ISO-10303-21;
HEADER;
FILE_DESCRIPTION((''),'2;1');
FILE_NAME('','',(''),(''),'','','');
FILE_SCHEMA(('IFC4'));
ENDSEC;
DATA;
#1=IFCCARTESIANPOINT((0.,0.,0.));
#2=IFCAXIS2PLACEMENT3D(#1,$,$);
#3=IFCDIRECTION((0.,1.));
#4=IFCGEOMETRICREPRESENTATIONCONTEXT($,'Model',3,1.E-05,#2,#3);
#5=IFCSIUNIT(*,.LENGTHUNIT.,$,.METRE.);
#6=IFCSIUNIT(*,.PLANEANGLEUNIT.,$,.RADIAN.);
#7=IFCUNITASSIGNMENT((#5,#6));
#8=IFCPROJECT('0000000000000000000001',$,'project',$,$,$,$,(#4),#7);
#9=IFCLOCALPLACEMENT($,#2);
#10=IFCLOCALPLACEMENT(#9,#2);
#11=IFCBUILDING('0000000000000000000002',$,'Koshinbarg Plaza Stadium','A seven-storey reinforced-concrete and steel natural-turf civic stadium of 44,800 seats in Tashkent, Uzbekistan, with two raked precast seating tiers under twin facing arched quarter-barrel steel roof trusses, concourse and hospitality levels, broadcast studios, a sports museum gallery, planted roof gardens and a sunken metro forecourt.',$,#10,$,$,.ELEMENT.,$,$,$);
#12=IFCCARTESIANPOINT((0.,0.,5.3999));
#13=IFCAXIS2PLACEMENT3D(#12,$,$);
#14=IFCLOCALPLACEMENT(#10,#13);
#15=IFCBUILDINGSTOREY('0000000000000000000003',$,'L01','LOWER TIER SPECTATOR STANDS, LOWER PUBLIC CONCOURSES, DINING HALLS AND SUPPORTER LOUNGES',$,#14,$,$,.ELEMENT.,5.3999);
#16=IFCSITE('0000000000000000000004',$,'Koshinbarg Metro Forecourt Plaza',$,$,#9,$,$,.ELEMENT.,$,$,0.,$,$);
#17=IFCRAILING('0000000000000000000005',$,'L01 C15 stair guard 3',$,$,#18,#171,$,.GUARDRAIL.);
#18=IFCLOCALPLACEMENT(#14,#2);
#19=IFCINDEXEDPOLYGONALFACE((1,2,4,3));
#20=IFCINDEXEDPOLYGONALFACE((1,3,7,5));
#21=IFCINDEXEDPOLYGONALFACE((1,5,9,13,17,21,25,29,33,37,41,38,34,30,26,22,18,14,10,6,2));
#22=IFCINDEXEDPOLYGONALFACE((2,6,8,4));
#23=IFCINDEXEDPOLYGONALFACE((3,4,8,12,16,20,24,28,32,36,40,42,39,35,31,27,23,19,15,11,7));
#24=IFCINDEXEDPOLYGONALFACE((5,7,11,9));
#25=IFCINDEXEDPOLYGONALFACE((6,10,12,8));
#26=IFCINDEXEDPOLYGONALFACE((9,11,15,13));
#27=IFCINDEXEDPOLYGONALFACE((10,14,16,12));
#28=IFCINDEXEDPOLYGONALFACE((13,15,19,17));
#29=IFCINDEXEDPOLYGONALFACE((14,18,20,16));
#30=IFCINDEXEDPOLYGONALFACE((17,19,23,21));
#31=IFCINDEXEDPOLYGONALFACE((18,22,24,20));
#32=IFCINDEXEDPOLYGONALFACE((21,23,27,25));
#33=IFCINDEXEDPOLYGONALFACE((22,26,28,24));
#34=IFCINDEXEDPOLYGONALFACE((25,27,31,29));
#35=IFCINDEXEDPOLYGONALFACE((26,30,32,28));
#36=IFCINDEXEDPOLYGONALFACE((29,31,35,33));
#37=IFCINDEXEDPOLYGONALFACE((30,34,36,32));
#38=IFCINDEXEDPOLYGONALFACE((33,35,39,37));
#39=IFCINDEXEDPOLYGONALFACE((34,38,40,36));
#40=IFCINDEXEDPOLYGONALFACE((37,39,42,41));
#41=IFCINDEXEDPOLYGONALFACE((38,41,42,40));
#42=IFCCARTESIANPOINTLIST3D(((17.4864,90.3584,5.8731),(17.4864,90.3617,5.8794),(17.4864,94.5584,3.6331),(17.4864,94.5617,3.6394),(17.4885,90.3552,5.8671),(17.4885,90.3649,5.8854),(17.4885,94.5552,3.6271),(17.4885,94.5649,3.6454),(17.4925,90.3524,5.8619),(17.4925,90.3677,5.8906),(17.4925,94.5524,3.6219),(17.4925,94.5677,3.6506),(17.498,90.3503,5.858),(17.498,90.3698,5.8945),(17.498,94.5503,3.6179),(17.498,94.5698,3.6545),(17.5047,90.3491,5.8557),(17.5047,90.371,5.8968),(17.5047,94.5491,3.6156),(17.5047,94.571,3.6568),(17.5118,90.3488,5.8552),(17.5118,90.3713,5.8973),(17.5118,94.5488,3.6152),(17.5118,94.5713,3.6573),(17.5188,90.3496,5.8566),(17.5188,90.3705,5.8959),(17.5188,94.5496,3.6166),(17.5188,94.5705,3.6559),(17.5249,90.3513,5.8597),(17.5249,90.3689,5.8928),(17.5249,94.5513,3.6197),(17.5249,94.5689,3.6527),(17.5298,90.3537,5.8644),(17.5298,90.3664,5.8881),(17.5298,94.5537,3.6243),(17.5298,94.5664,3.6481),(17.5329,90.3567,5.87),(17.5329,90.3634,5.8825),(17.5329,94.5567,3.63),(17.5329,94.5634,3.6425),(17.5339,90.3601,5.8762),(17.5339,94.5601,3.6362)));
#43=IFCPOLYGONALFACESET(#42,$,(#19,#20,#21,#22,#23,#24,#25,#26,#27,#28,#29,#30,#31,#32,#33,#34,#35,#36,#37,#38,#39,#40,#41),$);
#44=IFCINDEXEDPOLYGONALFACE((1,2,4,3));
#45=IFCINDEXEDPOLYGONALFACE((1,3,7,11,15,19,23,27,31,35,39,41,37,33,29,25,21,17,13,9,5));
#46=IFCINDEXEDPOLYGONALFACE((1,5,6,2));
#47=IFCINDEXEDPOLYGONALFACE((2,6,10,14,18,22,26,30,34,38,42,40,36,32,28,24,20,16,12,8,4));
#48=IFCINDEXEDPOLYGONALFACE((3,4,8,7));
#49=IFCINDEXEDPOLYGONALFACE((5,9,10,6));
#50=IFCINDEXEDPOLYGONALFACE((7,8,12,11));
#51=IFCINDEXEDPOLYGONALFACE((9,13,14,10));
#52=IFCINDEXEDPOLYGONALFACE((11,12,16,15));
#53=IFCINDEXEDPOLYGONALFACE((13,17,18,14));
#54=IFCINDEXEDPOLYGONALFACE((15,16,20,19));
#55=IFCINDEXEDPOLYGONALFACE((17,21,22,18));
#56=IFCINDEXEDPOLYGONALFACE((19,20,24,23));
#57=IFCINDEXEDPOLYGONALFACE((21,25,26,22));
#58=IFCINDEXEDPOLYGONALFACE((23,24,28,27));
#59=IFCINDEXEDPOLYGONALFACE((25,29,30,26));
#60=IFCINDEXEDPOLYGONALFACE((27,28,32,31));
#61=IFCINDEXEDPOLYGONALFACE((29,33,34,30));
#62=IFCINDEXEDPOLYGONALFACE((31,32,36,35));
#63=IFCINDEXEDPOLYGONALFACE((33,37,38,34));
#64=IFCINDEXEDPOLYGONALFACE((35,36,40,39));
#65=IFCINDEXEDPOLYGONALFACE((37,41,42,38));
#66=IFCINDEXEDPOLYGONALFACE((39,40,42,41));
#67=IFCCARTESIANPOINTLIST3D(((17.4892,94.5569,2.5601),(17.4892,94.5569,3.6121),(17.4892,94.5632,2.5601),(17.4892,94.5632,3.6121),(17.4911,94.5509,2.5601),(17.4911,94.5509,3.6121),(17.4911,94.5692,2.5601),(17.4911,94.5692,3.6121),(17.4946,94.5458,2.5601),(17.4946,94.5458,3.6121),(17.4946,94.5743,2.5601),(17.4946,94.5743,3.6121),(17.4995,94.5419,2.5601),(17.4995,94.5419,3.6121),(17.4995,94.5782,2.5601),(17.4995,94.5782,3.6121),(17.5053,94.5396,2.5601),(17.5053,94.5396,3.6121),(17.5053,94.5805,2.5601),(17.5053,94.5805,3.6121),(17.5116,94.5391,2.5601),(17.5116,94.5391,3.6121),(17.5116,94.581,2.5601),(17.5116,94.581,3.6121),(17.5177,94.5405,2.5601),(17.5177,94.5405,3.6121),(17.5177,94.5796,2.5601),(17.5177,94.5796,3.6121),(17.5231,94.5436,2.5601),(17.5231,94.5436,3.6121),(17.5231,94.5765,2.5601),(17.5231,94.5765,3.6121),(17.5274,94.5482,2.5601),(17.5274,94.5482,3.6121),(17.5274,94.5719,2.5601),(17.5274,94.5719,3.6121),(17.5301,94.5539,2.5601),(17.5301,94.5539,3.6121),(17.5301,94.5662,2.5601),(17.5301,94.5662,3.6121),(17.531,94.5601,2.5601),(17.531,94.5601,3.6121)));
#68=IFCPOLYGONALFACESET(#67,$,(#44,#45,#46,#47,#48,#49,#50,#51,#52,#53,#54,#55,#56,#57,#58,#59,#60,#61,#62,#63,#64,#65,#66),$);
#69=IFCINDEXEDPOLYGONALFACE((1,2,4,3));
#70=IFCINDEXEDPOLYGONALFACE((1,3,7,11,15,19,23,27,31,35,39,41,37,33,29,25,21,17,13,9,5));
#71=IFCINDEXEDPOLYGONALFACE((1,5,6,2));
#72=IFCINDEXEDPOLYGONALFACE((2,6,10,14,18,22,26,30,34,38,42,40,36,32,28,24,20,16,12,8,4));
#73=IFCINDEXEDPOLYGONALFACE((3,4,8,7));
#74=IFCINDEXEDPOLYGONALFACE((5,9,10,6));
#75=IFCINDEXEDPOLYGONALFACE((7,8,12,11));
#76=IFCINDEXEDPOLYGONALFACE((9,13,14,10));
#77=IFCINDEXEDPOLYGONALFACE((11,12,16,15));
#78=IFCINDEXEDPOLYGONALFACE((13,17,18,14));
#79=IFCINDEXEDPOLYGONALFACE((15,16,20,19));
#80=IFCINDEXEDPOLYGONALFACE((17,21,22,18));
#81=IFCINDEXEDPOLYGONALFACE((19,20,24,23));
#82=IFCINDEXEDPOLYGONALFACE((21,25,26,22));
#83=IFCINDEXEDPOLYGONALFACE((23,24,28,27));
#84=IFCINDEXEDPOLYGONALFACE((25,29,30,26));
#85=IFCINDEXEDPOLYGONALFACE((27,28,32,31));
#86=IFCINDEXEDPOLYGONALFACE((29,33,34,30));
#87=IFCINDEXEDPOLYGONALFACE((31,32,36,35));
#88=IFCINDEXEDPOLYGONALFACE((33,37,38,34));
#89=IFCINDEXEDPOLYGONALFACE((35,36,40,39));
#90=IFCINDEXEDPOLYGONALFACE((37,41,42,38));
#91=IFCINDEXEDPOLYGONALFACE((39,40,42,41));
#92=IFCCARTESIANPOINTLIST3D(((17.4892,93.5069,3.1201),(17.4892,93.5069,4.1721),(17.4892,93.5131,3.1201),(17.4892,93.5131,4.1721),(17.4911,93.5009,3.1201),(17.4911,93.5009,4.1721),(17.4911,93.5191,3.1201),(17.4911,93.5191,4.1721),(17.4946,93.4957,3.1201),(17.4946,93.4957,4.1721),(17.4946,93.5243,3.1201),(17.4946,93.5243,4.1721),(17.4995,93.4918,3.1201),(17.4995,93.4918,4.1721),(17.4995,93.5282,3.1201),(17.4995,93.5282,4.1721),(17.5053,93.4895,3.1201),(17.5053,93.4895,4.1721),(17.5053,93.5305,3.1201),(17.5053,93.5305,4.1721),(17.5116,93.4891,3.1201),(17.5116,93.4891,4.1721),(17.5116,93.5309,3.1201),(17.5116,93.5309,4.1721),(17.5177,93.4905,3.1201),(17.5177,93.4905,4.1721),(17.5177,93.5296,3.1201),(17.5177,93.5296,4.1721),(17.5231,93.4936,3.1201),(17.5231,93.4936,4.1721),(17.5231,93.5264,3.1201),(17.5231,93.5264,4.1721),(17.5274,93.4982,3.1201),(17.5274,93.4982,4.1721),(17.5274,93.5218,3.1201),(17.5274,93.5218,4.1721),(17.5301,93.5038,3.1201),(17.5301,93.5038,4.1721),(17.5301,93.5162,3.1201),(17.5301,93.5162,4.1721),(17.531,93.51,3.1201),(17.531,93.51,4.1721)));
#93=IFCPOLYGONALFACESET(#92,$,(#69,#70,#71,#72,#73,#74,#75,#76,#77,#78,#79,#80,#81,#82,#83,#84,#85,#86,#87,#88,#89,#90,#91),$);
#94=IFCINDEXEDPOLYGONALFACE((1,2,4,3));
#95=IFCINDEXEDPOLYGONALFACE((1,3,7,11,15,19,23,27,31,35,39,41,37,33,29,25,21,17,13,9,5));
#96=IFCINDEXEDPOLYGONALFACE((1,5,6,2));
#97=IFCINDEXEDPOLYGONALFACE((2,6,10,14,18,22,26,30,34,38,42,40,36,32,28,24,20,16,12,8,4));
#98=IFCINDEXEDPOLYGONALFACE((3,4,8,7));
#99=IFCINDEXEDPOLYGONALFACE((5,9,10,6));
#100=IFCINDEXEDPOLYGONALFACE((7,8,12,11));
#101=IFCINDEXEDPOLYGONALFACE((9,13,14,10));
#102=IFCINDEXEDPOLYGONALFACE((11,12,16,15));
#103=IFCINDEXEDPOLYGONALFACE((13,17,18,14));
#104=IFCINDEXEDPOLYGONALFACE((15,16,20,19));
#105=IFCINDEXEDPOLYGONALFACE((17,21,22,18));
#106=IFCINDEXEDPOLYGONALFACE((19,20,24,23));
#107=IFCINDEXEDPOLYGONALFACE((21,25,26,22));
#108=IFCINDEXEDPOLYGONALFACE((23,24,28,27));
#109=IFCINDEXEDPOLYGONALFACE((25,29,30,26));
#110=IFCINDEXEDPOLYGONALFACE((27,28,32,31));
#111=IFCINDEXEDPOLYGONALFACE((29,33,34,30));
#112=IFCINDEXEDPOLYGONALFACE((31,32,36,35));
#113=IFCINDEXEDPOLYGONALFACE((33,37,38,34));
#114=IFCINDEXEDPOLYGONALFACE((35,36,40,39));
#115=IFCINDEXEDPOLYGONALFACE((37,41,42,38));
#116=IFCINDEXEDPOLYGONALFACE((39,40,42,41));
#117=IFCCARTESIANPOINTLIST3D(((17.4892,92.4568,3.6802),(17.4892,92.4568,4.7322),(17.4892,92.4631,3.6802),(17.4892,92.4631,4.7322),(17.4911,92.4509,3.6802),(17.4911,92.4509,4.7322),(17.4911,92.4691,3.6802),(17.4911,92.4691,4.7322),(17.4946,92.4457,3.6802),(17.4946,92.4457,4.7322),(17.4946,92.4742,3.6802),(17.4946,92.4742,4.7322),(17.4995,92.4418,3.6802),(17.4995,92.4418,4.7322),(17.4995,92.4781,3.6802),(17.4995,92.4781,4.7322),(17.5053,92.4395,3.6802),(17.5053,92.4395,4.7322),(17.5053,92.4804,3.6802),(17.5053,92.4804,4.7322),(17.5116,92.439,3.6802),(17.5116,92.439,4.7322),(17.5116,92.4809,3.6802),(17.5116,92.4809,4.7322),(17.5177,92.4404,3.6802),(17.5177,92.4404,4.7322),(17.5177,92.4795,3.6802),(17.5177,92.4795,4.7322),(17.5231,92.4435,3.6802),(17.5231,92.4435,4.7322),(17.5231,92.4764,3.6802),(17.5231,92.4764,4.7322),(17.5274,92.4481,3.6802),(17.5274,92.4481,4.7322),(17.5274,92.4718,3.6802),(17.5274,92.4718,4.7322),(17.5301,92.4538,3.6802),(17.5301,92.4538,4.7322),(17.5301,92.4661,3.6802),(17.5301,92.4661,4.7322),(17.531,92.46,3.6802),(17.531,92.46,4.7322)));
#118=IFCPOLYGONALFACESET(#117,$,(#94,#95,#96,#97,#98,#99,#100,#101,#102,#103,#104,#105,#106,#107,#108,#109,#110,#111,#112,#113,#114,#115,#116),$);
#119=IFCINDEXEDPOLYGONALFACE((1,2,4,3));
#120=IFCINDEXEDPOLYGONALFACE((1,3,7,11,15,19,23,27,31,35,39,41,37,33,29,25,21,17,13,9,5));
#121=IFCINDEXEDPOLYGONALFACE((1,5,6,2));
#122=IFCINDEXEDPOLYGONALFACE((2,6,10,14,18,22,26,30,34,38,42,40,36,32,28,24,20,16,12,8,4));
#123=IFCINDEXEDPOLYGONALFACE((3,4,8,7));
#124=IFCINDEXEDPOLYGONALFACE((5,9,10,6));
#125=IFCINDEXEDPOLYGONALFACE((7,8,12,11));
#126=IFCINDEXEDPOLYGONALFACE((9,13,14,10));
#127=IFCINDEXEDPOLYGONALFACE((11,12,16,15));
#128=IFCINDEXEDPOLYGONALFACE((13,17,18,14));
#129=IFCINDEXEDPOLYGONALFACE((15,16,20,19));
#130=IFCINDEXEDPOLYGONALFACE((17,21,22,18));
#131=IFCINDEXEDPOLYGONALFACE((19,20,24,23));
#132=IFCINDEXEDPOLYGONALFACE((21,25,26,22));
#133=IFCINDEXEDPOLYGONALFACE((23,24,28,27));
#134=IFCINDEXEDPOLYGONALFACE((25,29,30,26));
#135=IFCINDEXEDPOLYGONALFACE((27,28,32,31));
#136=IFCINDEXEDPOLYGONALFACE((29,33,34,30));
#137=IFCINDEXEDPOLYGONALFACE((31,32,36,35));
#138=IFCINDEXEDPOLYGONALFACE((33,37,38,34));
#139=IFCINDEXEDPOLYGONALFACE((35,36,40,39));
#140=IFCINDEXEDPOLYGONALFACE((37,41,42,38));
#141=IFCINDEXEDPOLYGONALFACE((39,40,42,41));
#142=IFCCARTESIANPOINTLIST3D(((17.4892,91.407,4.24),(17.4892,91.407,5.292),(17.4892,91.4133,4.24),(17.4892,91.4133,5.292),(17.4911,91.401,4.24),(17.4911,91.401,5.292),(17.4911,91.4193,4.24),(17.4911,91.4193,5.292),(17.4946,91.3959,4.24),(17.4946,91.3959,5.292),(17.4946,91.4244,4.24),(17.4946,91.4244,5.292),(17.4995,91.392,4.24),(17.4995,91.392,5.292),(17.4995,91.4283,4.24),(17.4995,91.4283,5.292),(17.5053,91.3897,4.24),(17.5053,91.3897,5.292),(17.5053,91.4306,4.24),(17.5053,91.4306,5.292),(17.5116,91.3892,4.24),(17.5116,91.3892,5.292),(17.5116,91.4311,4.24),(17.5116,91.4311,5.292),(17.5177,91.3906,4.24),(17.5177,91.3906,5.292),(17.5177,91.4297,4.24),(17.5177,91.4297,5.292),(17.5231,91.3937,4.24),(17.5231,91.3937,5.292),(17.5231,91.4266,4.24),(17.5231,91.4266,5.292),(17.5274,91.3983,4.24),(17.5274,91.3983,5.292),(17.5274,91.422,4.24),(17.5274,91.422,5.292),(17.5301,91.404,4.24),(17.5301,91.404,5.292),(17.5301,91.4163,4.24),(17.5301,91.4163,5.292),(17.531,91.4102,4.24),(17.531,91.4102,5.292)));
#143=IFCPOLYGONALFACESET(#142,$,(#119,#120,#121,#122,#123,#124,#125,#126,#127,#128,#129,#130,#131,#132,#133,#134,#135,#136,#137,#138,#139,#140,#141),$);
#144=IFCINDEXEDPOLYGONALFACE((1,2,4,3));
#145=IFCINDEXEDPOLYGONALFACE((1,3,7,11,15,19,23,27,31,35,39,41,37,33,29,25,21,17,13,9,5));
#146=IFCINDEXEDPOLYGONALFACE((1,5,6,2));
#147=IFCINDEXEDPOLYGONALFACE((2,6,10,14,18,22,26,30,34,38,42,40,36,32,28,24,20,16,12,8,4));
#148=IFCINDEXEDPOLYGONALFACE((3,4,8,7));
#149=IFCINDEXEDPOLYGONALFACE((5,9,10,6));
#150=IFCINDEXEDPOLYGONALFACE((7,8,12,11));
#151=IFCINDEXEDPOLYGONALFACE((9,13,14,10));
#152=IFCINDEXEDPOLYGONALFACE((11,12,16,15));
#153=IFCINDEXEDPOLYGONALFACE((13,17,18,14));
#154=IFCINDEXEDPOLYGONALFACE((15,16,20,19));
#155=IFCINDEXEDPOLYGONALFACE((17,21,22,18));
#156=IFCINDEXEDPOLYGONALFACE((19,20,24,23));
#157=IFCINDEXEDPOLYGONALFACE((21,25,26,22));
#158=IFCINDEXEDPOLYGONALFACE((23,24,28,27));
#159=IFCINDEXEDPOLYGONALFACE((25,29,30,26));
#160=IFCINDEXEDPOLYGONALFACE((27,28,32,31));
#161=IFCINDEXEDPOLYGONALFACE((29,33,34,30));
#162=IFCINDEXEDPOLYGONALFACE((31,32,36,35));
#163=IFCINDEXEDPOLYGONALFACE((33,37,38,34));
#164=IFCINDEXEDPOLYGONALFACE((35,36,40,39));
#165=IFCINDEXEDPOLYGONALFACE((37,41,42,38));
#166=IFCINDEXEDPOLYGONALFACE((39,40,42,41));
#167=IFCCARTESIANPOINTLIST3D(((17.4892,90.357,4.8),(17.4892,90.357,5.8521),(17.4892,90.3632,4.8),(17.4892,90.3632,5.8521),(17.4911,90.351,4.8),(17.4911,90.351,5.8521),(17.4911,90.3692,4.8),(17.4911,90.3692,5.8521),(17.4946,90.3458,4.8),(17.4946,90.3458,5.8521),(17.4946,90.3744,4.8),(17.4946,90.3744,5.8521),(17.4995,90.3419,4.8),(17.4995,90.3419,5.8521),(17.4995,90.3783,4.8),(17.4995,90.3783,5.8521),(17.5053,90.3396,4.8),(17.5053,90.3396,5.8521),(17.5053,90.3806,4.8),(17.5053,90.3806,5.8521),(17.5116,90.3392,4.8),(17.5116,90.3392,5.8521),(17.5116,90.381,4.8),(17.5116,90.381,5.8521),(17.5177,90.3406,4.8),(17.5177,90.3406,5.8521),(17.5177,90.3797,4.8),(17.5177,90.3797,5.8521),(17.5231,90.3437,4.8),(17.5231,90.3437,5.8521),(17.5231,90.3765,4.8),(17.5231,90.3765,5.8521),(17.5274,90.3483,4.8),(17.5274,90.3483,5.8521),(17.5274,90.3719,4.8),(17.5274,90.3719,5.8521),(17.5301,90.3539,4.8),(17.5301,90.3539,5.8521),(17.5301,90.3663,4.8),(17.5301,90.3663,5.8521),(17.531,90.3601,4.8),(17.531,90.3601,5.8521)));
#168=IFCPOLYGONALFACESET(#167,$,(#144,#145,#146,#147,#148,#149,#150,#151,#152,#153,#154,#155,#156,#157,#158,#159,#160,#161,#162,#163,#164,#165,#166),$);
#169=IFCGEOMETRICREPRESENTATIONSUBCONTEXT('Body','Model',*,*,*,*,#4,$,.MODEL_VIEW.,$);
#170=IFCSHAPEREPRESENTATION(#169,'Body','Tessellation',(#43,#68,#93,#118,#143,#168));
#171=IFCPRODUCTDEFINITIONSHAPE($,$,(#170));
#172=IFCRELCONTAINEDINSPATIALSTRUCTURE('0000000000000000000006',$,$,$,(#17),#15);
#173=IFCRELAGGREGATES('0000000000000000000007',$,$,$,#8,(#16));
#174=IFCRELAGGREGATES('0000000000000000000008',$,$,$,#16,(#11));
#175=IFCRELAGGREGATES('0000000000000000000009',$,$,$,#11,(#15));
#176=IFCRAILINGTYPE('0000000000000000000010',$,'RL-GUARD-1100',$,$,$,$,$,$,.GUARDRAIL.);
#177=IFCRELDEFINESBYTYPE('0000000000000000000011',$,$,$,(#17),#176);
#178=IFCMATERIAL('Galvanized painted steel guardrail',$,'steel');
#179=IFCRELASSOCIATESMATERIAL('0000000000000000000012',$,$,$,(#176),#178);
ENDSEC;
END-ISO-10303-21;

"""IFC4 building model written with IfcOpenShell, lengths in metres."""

from ifc_helpers import new_model, si_unit, direction, frame, origin, origin_2d, place, context, subcontext, project, spatial, circle, extrude, material, type_object, element, save


model = new_model("IFC4")

# Units and contexts
model_context = context("Model", 3, precision=1e-05, world=origin(), true_north=direction((0.0, 1.0)))
body_context = subcontext(model_context, "Body", "Model", "MODEL_VIEW")
ifc_project = project(units=[si_unit("LENGTHUNIT", "METRE"), si_unit("PLANEANGLEUNIT", "RADIAN")], contexts=[model_context])

# Site, building, storey
site_placement = place(None, origin())
site = spatial("IfcSite", under=ifc_project, at=site_placement, Name="Koshinbarg Metro Forecourt Plaza", CompositionType="ELEMENT", RefElevation=0.0)
building_placement = place(site_placement, origin())
building = spatial("IfcBuilding", under=site, at=building_placement, Name="Koshinbarg Plaza Stadium", Description="A seven-storey reinforced-concrete and steel natural-turf civic stadium of 44,800 seats in Tashkent, Uzbekistan, with two raked precast seating tiers under twin facing arched quarter-barrel steel roof trusses, concourse and hospitality levels, broadcast studios, a sports museum gallery, planted roof gardens and a sunken metro forecourt.", CompositionType="ELEMENT")
storey_placement = place(building_placement, frame((0.0, 0.0, 5.3999)))
storey = spatial("IfcBuildingStorey", under=building, at=storey_placement, Name="L01", Description="LOWER TIER SPECTATOR STANDS, LOWER PUBLIC CONCOURSES, DINING HALLS AND SUPPORTER LOUNGES", CompositionType="ELEMENT", Elevation=5.3999)

# Railing
ifc_material_1 = material(Name="Galvanized painted steel guardrail", Category="steel")
railing_type_1 = type_object("IfcRailingType", Name="RL-GUARD-1100", PredefinedType="GUARDRAIL", material=ifc_material_1)
railing_1_placement = place(storey_placement, frame((17.51, 94.5601, 2.5601)))
element("IfcRailing", 1, at=railing_1_placement, inside=storey, type_object=railing_type_1, Name="L01 C15 stair guard 3", PredefinedType="GUARDRAIL", context=body_context, shape_type="SweptSolid", body=[
    extrude(circle(Radius=0.0239, at=origin_2d()), frame((0.0, 0.0, 1.0762), z_axis=(0.0, -0.882352, 0.470591), x_axis=(1.0, 0.0, 0.0)), (0.0, 0.0, 1.0), 4.76),
    extrude(circle(Radius=0.021, at=origin_2d()), origin(), (0.0, 0.0, 1.0), 1.052),
    extrude(circle(Radius=0.021, at=origin_2d()), frame((0.0, -1.05, 0.5601)), (0.0, 0.0, 1.0), 1.052),
    extrude(circle(Radius=0.021, at=origin_2d()), frame((0.0, -2.1001, 1.1201)), (0.0, 0.0, 1.0), 1.052),
    extrude(circle(Radius=0.021, at=origin_2d()), frame((0.0, -3.1499, 1.6799)), (0.0, 0.0, 1.0), 1.052),
    extrude(circle(Radius=0.021, at=origin_2d()), frame((0.0, -4.2, 2.24)), (0.0, 0.0, 1.0), 1.052),
])

save(model, "model.ifc")
